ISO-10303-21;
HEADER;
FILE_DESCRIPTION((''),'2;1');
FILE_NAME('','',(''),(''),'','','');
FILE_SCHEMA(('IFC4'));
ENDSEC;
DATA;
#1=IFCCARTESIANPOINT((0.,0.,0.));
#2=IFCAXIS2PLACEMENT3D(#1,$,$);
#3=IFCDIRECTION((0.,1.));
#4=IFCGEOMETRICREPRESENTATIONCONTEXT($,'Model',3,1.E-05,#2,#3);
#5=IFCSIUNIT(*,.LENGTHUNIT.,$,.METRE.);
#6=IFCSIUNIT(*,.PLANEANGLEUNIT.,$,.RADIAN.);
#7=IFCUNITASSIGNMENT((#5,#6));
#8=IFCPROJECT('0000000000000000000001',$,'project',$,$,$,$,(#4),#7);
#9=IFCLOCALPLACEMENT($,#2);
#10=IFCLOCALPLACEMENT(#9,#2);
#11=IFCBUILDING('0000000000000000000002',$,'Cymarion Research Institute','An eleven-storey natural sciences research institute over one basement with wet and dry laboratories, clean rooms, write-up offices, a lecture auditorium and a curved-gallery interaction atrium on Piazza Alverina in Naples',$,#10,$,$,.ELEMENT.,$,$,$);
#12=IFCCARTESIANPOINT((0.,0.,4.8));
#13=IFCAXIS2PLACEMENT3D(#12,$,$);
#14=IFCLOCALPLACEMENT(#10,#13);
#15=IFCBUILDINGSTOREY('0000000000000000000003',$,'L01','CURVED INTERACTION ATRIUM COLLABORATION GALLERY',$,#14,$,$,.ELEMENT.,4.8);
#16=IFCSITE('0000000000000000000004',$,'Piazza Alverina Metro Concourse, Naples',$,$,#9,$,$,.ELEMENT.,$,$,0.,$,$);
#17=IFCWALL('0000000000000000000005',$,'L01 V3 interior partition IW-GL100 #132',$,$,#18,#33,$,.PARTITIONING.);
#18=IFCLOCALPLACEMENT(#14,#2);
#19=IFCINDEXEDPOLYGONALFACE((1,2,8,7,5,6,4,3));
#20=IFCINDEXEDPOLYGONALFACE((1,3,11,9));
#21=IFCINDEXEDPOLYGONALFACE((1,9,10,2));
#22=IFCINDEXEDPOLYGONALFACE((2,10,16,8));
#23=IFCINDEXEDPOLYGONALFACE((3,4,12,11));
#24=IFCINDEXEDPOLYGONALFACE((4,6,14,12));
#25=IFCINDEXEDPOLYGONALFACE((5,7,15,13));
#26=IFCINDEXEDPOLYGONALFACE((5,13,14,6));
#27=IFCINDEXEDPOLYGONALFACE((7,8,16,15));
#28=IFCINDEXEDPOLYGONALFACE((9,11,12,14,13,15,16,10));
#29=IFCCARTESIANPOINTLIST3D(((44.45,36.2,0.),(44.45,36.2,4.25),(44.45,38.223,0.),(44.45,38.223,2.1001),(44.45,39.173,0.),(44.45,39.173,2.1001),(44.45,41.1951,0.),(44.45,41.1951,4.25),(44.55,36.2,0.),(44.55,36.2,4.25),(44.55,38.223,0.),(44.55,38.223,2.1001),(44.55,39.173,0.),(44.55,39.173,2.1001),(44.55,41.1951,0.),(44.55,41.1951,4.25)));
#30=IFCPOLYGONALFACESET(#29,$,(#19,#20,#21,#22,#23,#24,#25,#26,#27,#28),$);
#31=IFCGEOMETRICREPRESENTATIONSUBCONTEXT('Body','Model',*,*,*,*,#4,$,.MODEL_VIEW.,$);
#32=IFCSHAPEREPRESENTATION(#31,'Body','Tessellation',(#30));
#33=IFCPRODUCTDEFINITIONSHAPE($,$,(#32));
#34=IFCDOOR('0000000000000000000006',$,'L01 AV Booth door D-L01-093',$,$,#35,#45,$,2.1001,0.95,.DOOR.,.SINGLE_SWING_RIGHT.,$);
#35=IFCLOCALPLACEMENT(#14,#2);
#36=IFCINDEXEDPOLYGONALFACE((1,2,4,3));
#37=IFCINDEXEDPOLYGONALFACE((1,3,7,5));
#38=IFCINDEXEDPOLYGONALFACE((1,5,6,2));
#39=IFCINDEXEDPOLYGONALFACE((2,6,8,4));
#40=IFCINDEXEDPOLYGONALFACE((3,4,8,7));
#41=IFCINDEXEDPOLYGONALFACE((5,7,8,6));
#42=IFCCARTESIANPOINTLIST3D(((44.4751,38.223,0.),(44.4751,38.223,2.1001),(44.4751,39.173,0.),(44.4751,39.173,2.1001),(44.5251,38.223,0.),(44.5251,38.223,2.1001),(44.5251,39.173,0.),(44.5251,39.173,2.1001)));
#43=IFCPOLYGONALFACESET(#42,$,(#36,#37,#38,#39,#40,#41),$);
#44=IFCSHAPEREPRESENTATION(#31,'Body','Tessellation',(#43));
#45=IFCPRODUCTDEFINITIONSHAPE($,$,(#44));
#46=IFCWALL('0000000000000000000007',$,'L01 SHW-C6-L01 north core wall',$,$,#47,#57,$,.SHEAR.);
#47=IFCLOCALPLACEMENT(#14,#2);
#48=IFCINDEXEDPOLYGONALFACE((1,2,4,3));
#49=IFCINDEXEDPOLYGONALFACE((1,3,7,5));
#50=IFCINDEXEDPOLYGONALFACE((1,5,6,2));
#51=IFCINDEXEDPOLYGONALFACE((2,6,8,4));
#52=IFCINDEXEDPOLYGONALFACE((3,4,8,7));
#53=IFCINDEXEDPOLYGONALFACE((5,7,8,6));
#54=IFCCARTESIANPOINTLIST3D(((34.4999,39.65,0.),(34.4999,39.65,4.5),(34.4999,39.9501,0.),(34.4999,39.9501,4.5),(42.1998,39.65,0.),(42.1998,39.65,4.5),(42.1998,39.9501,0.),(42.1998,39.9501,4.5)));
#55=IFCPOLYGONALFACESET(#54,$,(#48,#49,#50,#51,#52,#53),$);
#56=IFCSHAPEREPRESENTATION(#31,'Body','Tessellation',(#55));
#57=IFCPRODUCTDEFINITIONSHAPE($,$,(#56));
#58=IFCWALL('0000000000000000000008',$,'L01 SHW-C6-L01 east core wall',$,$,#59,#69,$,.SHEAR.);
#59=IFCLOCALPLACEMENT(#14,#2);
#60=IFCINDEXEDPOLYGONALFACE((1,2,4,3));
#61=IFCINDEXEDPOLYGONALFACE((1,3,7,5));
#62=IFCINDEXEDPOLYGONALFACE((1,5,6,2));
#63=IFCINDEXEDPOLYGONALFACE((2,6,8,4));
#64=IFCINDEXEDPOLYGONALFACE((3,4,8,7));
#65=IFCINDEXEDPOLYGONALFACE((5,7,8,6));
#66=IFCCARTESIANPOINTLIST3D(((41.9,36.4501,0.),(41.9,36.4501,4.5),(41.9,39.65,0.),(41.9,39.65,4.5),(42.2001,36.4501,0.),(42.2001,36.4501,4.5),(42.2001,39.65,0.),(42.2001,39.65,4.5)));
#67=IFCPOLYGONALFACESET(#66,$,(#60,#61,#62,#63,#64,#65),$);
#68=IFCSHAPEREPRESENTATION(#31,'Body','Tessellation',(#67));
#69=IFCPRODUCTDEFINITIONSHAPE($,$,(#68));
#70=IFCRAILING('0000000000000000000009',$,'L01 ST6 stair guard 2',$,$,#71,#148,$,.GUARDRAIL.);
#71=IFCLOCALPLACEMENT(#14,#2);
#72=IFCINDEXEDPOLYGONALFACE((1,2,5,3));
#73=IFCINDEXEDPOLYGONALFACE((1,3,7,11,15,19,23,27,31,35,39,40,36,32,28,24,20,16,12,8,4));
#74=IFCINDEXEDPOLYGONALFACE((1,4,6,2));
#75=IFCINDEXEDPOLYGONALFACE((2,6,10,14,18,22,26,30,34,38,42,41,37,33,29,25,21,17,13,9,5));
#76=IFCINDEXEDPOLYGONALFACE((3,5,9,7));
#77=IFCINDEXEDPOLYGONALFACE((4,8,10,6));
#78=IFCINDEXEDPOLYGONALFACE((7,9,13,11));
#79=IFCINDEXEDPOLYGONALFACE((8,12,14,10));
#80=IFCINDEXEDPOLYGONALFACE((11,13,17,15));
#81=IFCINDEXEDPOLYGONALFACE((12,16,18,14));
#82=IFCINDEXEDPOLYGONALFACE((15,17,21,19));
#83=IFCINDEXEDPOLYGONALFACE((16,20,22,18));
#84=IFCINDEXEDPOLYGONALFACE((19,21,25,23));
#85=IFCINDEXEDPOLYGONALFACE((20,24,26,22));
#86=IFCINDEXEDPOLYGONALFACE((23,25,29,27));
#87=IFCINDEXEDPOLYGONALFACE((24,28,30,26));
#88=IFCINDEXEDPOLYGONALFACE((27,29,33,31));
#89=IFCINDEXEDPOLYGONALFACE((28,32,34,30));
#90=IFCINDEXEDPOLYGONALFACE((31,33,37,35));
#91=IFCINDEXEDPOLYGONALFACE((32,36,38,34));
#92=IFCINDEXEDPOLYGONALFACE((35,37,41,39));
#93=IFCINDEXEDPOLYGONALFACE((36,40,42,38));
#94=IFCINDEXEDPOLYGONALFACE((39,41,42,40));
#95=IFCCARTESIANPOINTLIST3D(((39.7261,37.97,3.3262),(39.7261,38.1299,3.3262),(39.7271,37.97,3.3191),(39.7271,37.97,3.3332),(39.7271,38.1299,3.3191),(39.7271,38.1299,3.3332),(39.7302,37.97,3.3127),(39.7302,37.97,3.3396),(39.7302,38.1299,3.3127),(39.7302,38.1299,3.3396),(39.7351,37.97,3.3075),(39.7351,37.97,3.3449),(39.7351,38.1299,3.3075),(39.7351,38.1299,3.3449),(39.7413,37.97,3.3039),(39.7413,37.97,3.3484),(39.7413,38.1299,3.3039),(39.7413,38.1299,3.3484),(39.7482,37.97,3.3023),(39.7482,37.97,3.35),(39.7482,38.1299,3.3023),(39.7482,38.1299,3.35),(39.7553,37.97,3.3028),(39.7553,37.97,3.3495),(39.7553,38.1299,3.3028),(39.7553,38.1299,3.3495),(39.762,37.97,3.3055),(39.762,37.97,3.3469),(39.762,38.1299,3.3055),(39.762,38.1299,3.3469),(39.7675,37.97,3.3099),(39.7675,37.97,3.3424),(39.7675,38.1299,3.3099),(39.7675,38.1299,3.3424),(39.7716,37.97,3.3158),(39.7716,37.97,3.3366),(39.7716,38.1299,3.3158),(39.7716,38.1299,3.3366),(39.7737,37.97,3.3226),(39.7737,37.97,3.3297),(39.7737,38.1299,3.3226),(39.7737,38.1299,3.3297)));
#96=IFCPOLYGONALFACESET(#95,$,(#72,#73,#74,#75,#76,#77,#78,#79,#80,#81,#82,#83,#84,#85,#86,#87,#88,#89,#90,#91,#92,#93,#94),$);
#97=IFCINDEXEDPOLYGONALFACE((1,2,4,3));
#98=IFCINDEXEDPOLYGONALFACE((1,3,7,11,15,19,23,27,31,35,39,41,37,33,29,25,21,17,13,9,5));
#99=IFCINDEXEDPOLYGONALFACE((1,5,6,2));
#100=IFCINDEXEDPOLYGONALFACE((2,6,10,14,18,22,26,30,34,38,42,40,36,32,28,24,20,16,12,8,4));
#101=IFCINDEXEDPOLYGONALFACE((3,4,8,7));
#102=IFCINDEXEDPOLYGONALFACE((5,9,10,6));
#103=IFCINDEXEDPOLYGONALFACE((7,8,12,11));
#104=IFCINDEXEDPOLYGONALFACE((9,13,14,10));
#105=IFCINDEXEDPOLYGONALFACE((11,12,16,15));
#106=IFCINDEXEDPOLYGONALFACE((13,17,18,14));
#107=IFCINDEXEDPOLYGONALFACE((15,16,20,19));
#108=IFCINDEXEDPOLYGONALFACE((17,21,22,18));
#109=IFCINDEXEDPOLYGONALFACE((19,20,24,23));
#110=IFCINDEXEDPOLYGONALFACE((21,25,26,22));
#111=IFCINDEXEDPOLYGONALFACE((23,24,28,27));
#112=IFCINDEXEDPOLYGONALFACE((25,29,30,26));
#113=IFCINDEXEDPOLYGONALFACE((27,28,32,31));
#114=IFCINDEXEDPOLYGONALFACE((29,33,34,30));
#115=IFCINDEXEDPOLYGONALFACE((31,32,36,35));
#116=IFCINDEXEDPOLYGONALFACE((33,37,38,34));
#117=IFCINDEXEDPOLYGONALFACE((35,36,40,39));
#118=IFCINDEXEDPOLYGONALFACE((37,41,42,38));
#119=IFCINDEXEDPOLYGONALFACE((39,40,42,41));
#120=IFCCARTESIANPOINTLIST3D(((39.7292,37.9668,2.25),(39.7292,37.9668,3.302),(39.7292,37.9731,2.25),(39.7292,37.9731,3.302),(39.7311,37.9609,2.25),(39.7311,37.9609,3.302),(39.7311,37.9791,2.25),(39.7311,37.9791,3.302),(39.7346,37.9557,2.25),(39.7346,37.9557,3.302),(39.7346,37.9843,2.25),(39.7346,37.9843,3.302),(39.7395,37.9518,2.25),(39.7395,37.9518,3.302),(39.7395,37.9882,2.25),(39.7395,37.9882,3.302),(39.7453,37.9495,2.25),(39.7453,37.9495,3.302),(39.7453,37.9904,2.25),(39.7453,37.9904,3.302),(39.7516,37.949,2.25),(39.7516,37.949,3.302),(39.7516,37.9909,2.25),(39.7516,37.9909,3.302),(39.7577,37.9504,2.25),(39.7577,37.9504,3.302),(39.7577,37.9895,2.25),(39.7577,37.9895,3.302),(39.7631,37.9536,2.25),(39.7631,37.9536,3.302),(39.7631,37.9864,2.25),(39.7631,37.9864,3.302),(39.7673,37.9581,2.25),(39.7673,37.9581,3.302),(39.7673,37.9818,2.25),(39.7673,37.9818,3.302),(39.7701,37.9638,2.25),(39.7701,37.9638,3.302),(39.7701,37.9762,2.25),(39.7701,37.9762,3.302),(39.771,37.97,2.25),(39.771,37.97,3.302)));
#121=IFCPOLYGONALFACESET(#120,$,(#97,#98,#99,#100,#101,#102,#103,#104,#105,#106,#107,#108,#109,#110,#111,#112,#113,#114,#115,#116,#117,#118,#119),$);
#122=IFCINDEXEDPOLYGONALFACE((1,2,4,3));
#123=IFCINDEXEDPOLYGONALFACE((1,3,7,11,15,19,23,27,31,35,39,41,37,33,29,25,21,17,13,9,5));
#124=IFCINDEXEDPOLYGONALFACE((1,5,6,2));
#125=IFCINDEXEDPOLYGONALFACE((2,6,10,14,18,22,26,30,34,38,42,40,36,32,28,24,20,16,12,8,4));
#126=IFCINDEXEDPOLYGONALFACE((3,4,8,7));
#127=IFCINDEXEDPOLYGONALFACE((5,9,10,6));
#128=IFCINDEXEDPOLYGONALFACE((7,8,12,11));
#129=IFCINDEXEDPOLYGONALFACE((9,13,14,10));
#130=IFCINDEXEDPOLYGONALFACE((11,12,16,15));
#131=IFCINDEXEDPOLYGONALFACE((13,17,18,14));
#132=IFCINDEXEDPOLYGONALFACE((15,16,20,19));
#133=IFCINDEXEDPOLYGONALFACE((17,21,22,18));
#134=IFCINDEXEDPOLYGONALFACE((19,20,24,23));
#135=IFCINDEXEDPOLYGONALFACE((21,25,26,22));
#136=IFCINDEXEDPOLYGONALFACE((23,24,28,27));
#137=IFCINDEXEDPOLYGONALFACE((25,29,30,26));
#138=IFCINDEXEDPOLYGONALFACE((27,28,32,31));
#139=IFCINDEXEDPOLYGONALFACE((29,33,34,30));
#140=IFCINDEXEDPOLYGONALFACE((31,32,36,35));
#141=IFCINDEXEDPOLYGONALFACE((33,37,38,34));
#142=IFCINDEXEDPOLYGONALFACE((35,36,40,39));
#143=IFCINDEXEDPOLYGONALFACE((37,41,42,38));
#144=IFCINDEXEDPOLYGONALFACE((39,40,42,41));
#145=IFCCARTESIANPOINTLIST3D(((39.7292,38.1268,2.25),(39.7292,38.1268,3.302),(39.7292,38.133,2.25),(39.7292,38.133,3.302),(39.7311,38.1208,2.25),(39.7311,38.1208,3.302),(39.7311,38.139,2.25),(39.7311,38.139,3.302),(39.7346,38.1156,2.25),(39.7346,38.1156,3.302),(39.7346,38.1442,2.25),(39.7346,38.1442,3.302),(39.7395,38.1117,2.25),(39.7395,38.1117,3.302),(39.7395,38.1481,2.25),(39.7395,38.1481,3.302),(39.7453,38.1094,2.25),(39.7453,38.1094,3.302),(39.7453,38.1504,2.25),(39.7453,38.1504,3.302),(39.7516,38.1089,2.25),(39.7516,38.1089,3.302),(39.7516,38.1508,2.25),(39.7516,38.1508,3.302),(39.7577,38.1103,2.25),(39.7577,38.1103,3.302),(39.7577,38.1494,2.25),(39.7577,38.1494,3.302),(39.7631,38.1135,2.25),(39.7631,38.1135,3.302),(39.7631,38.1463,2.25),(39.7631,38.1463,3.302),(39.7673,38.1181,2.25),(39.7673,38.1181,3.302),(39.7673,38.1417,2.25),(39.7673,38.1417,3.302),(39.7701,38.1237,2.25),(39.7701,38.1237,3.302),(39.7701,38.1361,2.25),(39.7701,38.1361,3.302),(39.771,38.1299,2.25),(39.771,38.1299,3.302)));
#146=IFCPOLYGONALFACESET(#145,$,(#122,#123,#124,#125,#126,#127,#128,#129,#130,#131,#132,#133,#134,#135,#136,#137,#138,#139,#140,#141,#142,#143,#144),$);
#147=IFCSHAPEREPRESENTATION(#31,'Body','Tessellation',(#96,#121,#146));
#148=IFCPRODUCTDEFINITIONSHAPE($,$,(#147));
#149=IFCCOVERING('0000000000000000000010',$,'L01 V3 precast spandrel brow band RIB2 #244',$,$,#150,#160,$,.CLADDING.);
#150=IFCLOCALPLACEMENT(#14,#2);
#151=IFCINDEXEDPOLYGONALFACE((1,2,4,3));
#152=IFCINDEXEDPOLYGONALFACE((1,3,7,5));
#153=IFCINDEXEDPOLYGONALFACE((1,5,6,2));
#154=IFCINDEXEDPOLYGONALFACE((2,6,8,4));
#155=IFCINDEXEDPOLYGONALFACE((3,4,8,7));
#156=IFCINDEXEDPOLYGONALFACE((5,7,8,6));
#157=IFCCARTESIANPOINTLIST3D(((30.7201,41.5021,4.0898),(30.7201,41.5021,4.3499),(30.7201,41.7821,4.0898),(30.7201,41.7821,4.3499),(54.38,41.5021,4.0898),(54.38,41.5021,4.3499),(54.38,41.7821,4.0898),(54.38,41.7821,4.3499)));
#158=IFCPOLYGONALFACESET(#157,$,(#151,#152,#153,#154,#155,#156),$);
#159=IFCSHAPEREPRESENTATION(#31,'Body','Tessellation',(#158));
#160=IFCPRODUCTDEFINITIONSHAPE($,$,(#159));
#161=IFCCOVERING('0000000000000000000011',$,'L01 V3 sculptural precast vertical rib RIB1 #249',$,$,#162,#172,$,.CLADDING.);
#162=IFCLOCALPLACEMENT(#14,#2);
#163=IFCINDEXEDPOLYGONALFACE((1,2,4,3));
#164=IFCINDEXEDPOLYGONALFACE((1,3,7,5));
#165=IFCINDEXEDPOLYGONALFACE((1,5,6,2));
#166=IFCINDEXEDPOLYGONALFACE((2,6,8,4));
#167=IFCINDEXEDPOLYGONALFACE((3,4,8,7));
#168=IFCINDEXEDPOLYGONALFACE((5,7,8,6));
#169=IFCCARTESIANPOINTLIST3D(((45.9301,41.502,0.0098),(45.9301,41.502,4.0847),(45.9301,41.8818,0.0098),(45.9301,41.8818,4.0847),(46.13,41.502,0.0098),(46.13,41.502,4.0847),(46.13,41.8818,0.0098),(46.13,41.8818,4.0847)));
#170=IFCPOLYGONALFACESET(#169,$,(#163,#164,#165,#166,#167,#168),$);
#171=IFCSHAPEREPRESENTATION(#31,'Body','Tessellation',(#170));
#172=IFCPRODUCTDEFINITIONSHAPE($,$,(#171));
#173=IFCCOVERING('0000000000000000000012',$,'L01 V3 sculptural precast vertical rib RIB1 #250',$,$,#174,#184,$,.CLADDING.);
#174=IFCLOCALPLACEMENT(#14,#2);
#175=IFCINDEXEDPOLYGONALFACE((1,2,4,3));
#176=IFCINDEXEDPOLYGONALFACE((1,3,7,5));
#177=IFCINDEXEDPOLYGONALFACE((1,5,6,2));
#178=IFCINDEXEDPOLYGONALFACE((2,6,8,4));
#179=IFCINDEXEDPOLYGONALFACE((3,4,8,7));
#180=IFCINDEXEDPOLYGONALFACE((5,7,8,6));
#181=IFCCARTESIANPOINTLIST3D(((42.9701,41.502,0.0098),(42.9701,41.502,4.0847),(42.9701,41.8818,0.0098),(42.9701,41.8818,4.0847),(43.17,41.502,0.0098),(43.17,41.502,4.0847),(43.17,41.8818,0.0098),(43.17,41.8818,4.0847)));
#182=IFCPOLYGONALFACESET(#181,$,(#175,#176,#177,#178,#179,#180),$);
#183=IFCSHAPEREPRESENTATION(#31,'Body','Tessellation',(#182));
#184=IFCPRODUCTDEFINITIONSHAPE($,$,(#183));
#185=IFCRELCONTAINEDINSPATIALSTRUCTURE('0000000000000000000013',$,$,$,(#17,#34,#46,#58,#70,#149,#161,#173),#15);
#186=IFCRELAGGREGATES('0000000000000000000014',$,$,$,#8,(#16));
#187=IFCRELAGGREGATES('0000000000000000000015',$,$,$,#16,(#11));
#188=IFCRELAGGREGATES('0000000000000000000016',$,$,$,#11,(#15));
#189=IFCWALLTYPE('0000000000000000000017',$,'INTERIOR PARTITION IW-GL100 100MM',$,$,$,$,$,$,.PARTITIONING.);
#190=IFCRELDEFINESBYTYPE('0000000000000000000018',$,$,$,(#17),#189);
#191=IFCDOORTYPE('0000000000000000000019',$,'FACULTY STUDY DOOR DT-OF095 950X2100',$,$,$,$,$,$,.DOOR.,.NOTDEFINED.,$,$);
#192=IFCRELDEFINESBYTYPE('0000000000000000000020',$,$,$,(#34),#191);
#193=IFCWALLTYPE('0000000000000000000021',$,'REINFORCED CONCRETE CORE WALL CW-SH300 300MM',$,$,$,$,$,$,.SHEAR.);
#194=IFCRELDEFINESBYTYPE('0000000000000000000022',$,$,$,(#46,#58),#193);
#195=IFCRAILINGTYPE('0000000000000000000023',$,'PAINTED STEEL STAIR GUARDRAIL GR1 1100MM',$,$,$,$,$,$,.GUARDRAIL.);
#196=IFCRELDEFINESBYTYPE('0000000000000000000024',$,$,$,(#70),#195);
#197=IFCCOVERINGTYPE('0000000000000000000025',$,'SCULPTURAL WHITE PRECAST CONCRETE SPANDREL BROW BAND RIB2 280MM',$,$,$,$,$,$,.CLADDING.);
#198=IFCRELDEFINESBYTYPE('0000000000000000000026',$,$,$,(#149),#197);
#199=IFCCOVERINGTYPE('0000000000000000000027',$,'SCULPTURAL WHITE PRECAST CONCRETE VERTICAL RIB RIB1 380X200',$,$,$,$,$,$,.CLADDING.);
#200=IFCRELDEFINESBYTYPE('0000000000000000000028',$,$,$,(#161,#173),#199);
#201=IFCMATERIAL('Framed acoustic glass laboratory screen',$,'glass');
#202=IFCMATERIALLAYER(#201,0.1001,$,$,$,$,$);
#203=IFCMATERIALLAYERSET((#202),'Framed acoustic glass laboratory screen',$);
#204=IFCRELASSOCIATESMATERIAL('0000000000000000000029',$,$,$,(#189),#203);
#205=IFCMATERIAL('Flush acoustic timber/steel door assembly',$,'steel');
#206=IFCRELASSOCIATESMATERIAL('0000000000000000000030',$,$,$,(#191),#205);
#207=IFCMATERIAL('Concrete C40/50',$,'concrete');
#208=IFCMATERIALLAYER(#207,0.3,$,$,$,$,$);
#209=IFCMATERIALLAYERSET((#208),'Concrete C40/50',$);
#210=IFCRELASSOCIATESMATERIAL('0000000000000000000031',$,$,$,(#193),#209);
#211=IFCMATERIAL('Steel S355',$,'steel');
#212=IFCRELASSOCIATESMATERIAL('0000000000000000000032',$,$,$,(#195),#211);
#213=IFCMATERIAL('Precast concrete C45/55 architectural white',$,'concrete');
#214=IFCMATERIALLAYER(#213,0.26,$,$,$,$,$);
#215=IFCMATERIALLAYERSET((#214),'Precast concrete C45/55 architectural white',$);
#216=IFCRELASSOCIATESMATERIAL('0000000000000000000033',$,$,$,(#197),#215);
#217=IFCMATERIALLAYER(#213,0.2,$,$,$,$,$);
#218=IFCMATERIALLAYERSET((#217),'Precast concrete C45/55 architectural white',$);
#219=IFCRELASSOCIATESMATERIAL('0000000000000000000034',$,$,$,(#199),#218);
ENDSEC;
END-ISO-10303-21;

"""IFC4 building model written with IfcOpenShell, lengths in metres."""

from ifc_helpers import new_model, si_unit, direction, frame, frame_2d, origin, origin_2d, place, context, subcontext, project, spatial, rectangle, circle, extrude, material, layer, layer_set, type_object, element, fill, save


model = new_model("IFC4")

# Units and contexts
model_context = context("Model", 3, precision=1e-05, world=origin(), true_north=direction((0.0, 1.0)))
body_context = subcontext(model_context, "Body", "Model", "MODEL_VIEW")
ifc_project = project(units=[si_unit("LENGTHUNIT", "METRE"), si_unit("PLANEANGLEUNIT", "RADIAN")], contexts=[model_context])

# Site, building, storey
site_placement = place(None, origin())
site = spatial("IfcSite", under=ifc_project, at=site_placement, Name="Piazza Alverina Metro Concourse, Naples", CompositionType="ELEMENT", RefElevation=0.0)
building_placement = place(site_placement, origin())
building = spatial("IfcBuilding", under=site, at=building_placement, Name="Cymarion Research Institute", Description="An eleven-storey natural sciences research institute over one basement with wet and dry laboratories, clean rooms, write-up offices, a lecture auditorium and a curved-gallery interaction atrium on Piazza Alverina in Naples", CompositionType="ELEMENT")
storey_placement = place(building_placement, frame((0.0, 0.0, 4.8)))
storey = spatial("IfcBuildingStorey", under=building, at=storey_placement, Name="L01", Description="CURVED INTERACTION ATRIUM COLLABORATION GALLERY", CompositionType="ELEMENT", Elevation=4.8)

# Shared definitions
ifc_material_1 = material(Name="Steel S355", Category="steel")

# Shared definitions
ifc_material_2 = material(Name="Framed acoustic glass laboratory screen", Category="glass")
ifc_layer_1 = layer(ifc_material_2, 0.1001)
ifc_layer_set_1 = layer_set([ifc_layer_1], Name="Framed acoustic glass laboratory screen")
wall_type_1 = type_object("IfcWallType", Name="INTERIOR PARTITION IW-GL100 100MM", PredefinedType="PARTITIONING", material=ifc_layer_set_1)

# Wall, opening, door
wall_1_placement = place(storey_placement, frame((44.5, 36.2, 0.0), z_axis=(0.0, 0.0, 1.0), x_axis=(0.0, 1.0, 0.0)))
wall_1 = element("IfcWall", 1, at=wall_1_placement, inside=storey, type_object=wall_type_1, Name="L01 V3 interior partition IW-GL100 #132", PredefinedType="PARTITIONING", context=body_context, shape_type="SweptSolid", body=[
    extrude(rectangle(XDim=4.9951, YDim=0.1001, at=frame_2d((2.4976, 0.0))), origin(), (0.0, 0.0, 1.0), 4.25),
])
opening_placement = place(wall_1_placement, frame((2.0229, 0.0, 0.0)))
opening = element("IfcOpeningElement", 2, at=opening_placement, cuts=wall_1, PredefinedType="OPENING", context=body_context, shape_type="SweptSolid", body=[
    extrude(rectangle(XDim=0.95, YDim=2.1001, at=frame_2d((0.4751, 1.05))), frame((0.0, 0.0601, 0.0), z_axis=(0.0, -1.0, 0.0), x_axis=(1.0, 0.0, 0.0)), (0.0, 0.0, 1.0), 0.1201),
])
ifc_material_3 = material(Name="Flush acoustic timber/steel door assembly", Category="steel")
door_type = type_object("IfcDoorType", Name="FACULTY STUDY DOOR DT-OF095 950X2100", OperationType="NOTDEFINED", PredefinedType="DOOR", material=ifc_material_3)
door_placement = place(opening_placement, origin())
door = element("IfcDoor", 3, at=door_placement, inside=storey, type_object=door_type, Name="L01 AV Booth door D-L01-093", OperationType="SINGLE_SWING_RIGHT", OverallHeight=2.1001, OverallWidth=0.95, PredefinedType="DOOR", context=body_context, shape_type="SweptSolid", body=[
    extrude(rectangle(XDim=0.95, YDim=2.1001, at=frame_2d((0.4751, 1.05))), frame((0.0, 0.0249, 0.0), z_axis=(0.0, -1.0, 0.0), x_axis=(1.0, 0.0, 0.0)), (0.0, 0.0, 1.0), 0.05),
])
fill(opening, door)

# Walls
ifc_material_4 = material(Name="Concrete C40/50", Category="concrete")
ifc_layer_2 = layer(ifc_material_4, 0.3)
ifc_layer_set_2 = layer_set([ifc_layer_2], Name="Concrete C40/50")
wall_type_2 = type_object("IfcWallType", Name="REINFORCED CONCRETE CORE WALL CW-SH300 300MM", PredefinedType="SHEAR", material=ifc_layer_set_2)
wall_2_placement = place(storey_placement, frame((42.2, 39.8, 0.0), z_axis=(0.0, 0.0, 1.0), x_axis=(-1.0, 0.0, 0.0)))
element("IfcWall", 4, at=wall_2_placement, inside=storey, type_object=wall_type_2, Name="L01 SHW-C6-L01 north core wall", PredefinedType="SHEAR", context=body_context, shape_type="SweptSolid", body=[
    extrude(rectangle(XDim=7.7, YDim=0.3, at=frame_2d((3.8501, 0.0))), origin(), (0.0, 0.0, 1.0), 4.5),
])
wall_3_placement = place(storey_placement, frame((42.05, 36.45, 0.0), z_axis=(0.0, 0.0, 1.0), x_axis=(0.0, 1.0, 0.0)))
element("IfcWall", 5, at=wall_3_placement, inside=storey, type_object=wall_type_2, Name="L01 SHW-C6-L01 east core wall", PredefinedType="SHEAR", context=body_context, shape_type="SweptSolid", body=[
    extrude(rectangle(XDim=3.2, YDim=0.3, at=frame_2d((1.6001, 0.0))), origin(), (0.0, 0.0, 1.0), 4.5),
])

# Railing
railing_type = type_object("IfcRailingType", Name="PAINTED STEEL STAIR GUARDRAIL GR1 1100MM", PredefinedType="GUARDRAIL", material=ifc_material_1)
railing_placement = place(storey_placement, frame((39.75, 37.97, 2.25)))
element("IfcRailing", 6, at=railing_placement, inside=storey, type_object=railing_type, Name="L01 ST6 stair guard 2", PredefinedType="GUARDRAIL", context=body_context, shape_type="SweptSolid", body=[
    extrude(circle(Radius=0.0239, at=origin_2d()), frame((0.0, 0.0, 1.0762), z_axis=(0.0, 1.0, 0.0), x_axis=(-1.0, 0.0, 0.0)), (0.0, 0.0, 1.0), 0.1599),
    extrude(circle(Radius=0.021, at=origin_2d()), origin(), (0.0, 0.0, 1.0), 1.052),
    extrude(circle(Radius=0.021, at=origin_2d()), frame((0.0, 0.1599, 0.0)), (0.0, 0.0, 1.0), 1.052),
])

# Coverings
ifc_material_5 = material(Name="Precast concrete C45/55 architectural white", Category="concrete")
ifc_layer_3 = layer(ifc_material_5, 0.26)
ifc_layer_set_3 = layer_set([ifc_layer_3], Name="Precast concrete C45/55 architectural white")
covering_type_1 = type_object("IfcCoveringType", Name="SCULPTURAL WHITE PRECAST CONCRETE SPANDREL BROW BAND RIB2 280MM", PredefinedType="CLADDING", material=ifc_layer_set_3)
covering_placement = place(storey_placement, frame((42.55, 41.6421, 4.0898), z_axis=(0.0, 0.0, 1.0), x_axis=(0.0, 1.0, 0.0)))
element("IfcCovering", 7, at=covering_placement, inside=storey, type_object=covering_type_1, Name="L01 V3 precast spandrel brow band RIB2 #244", PredefinedType="CLADDING", context=body_context, shape_type="SweptSolid", body=[
    extrude(rectangle(XDim=0.28, YDim=23.6599, at=origin_2d()), origin(), (0.0, 0.0, 1.0), 0.26),
])
ifc_layer_4 = layer(ifc_material_5, 0.2)
ifc_layer_set_4 = layer_set([ifc_layer_4], Name="Precast concrete C45/55 architectural white")
covering_type_2 = type_object("IfcCoveringType", Name="SCULPTURAL WHITE PRECAST CONCRETE VERTICAL RIB RIB1 380X200", PredefinedType="CLADDING", material=ifc_layer_set_4)
for number, where, z_axis, x_axis, name in (
    (8, (46.03, 41.6919, 0.0098), (0.0, 0.0, 1.0), (0.0, 1.0, 0.0), "L01 V3 sculptural precast vertical rib RIB1 #249"),
    (9, (43.0701, 41.6919, 0.0098), (0.0, 0.0, 1.0), (0.0, 1.0, 0.0), "L01 V3 sculptural precast vertical rib RIB1 #250"),
):
    element("IfcCovering", number, at=place(storey_placement, frame(where, z_axis=z_axis, x_axis=x_axis)), inside=storey, type_object=covering_type_2, Name=name, PredefinedType="CLADDING", context=body_context, shape_type="SweptSolid", body=[
        extrude(rectangle(XDim=0.3799, YDim=0.2, at=origin_2d()), origin(), (0.0, 0.0, 1.0), 4.075),
    ])

save(model, "model.ifc")
